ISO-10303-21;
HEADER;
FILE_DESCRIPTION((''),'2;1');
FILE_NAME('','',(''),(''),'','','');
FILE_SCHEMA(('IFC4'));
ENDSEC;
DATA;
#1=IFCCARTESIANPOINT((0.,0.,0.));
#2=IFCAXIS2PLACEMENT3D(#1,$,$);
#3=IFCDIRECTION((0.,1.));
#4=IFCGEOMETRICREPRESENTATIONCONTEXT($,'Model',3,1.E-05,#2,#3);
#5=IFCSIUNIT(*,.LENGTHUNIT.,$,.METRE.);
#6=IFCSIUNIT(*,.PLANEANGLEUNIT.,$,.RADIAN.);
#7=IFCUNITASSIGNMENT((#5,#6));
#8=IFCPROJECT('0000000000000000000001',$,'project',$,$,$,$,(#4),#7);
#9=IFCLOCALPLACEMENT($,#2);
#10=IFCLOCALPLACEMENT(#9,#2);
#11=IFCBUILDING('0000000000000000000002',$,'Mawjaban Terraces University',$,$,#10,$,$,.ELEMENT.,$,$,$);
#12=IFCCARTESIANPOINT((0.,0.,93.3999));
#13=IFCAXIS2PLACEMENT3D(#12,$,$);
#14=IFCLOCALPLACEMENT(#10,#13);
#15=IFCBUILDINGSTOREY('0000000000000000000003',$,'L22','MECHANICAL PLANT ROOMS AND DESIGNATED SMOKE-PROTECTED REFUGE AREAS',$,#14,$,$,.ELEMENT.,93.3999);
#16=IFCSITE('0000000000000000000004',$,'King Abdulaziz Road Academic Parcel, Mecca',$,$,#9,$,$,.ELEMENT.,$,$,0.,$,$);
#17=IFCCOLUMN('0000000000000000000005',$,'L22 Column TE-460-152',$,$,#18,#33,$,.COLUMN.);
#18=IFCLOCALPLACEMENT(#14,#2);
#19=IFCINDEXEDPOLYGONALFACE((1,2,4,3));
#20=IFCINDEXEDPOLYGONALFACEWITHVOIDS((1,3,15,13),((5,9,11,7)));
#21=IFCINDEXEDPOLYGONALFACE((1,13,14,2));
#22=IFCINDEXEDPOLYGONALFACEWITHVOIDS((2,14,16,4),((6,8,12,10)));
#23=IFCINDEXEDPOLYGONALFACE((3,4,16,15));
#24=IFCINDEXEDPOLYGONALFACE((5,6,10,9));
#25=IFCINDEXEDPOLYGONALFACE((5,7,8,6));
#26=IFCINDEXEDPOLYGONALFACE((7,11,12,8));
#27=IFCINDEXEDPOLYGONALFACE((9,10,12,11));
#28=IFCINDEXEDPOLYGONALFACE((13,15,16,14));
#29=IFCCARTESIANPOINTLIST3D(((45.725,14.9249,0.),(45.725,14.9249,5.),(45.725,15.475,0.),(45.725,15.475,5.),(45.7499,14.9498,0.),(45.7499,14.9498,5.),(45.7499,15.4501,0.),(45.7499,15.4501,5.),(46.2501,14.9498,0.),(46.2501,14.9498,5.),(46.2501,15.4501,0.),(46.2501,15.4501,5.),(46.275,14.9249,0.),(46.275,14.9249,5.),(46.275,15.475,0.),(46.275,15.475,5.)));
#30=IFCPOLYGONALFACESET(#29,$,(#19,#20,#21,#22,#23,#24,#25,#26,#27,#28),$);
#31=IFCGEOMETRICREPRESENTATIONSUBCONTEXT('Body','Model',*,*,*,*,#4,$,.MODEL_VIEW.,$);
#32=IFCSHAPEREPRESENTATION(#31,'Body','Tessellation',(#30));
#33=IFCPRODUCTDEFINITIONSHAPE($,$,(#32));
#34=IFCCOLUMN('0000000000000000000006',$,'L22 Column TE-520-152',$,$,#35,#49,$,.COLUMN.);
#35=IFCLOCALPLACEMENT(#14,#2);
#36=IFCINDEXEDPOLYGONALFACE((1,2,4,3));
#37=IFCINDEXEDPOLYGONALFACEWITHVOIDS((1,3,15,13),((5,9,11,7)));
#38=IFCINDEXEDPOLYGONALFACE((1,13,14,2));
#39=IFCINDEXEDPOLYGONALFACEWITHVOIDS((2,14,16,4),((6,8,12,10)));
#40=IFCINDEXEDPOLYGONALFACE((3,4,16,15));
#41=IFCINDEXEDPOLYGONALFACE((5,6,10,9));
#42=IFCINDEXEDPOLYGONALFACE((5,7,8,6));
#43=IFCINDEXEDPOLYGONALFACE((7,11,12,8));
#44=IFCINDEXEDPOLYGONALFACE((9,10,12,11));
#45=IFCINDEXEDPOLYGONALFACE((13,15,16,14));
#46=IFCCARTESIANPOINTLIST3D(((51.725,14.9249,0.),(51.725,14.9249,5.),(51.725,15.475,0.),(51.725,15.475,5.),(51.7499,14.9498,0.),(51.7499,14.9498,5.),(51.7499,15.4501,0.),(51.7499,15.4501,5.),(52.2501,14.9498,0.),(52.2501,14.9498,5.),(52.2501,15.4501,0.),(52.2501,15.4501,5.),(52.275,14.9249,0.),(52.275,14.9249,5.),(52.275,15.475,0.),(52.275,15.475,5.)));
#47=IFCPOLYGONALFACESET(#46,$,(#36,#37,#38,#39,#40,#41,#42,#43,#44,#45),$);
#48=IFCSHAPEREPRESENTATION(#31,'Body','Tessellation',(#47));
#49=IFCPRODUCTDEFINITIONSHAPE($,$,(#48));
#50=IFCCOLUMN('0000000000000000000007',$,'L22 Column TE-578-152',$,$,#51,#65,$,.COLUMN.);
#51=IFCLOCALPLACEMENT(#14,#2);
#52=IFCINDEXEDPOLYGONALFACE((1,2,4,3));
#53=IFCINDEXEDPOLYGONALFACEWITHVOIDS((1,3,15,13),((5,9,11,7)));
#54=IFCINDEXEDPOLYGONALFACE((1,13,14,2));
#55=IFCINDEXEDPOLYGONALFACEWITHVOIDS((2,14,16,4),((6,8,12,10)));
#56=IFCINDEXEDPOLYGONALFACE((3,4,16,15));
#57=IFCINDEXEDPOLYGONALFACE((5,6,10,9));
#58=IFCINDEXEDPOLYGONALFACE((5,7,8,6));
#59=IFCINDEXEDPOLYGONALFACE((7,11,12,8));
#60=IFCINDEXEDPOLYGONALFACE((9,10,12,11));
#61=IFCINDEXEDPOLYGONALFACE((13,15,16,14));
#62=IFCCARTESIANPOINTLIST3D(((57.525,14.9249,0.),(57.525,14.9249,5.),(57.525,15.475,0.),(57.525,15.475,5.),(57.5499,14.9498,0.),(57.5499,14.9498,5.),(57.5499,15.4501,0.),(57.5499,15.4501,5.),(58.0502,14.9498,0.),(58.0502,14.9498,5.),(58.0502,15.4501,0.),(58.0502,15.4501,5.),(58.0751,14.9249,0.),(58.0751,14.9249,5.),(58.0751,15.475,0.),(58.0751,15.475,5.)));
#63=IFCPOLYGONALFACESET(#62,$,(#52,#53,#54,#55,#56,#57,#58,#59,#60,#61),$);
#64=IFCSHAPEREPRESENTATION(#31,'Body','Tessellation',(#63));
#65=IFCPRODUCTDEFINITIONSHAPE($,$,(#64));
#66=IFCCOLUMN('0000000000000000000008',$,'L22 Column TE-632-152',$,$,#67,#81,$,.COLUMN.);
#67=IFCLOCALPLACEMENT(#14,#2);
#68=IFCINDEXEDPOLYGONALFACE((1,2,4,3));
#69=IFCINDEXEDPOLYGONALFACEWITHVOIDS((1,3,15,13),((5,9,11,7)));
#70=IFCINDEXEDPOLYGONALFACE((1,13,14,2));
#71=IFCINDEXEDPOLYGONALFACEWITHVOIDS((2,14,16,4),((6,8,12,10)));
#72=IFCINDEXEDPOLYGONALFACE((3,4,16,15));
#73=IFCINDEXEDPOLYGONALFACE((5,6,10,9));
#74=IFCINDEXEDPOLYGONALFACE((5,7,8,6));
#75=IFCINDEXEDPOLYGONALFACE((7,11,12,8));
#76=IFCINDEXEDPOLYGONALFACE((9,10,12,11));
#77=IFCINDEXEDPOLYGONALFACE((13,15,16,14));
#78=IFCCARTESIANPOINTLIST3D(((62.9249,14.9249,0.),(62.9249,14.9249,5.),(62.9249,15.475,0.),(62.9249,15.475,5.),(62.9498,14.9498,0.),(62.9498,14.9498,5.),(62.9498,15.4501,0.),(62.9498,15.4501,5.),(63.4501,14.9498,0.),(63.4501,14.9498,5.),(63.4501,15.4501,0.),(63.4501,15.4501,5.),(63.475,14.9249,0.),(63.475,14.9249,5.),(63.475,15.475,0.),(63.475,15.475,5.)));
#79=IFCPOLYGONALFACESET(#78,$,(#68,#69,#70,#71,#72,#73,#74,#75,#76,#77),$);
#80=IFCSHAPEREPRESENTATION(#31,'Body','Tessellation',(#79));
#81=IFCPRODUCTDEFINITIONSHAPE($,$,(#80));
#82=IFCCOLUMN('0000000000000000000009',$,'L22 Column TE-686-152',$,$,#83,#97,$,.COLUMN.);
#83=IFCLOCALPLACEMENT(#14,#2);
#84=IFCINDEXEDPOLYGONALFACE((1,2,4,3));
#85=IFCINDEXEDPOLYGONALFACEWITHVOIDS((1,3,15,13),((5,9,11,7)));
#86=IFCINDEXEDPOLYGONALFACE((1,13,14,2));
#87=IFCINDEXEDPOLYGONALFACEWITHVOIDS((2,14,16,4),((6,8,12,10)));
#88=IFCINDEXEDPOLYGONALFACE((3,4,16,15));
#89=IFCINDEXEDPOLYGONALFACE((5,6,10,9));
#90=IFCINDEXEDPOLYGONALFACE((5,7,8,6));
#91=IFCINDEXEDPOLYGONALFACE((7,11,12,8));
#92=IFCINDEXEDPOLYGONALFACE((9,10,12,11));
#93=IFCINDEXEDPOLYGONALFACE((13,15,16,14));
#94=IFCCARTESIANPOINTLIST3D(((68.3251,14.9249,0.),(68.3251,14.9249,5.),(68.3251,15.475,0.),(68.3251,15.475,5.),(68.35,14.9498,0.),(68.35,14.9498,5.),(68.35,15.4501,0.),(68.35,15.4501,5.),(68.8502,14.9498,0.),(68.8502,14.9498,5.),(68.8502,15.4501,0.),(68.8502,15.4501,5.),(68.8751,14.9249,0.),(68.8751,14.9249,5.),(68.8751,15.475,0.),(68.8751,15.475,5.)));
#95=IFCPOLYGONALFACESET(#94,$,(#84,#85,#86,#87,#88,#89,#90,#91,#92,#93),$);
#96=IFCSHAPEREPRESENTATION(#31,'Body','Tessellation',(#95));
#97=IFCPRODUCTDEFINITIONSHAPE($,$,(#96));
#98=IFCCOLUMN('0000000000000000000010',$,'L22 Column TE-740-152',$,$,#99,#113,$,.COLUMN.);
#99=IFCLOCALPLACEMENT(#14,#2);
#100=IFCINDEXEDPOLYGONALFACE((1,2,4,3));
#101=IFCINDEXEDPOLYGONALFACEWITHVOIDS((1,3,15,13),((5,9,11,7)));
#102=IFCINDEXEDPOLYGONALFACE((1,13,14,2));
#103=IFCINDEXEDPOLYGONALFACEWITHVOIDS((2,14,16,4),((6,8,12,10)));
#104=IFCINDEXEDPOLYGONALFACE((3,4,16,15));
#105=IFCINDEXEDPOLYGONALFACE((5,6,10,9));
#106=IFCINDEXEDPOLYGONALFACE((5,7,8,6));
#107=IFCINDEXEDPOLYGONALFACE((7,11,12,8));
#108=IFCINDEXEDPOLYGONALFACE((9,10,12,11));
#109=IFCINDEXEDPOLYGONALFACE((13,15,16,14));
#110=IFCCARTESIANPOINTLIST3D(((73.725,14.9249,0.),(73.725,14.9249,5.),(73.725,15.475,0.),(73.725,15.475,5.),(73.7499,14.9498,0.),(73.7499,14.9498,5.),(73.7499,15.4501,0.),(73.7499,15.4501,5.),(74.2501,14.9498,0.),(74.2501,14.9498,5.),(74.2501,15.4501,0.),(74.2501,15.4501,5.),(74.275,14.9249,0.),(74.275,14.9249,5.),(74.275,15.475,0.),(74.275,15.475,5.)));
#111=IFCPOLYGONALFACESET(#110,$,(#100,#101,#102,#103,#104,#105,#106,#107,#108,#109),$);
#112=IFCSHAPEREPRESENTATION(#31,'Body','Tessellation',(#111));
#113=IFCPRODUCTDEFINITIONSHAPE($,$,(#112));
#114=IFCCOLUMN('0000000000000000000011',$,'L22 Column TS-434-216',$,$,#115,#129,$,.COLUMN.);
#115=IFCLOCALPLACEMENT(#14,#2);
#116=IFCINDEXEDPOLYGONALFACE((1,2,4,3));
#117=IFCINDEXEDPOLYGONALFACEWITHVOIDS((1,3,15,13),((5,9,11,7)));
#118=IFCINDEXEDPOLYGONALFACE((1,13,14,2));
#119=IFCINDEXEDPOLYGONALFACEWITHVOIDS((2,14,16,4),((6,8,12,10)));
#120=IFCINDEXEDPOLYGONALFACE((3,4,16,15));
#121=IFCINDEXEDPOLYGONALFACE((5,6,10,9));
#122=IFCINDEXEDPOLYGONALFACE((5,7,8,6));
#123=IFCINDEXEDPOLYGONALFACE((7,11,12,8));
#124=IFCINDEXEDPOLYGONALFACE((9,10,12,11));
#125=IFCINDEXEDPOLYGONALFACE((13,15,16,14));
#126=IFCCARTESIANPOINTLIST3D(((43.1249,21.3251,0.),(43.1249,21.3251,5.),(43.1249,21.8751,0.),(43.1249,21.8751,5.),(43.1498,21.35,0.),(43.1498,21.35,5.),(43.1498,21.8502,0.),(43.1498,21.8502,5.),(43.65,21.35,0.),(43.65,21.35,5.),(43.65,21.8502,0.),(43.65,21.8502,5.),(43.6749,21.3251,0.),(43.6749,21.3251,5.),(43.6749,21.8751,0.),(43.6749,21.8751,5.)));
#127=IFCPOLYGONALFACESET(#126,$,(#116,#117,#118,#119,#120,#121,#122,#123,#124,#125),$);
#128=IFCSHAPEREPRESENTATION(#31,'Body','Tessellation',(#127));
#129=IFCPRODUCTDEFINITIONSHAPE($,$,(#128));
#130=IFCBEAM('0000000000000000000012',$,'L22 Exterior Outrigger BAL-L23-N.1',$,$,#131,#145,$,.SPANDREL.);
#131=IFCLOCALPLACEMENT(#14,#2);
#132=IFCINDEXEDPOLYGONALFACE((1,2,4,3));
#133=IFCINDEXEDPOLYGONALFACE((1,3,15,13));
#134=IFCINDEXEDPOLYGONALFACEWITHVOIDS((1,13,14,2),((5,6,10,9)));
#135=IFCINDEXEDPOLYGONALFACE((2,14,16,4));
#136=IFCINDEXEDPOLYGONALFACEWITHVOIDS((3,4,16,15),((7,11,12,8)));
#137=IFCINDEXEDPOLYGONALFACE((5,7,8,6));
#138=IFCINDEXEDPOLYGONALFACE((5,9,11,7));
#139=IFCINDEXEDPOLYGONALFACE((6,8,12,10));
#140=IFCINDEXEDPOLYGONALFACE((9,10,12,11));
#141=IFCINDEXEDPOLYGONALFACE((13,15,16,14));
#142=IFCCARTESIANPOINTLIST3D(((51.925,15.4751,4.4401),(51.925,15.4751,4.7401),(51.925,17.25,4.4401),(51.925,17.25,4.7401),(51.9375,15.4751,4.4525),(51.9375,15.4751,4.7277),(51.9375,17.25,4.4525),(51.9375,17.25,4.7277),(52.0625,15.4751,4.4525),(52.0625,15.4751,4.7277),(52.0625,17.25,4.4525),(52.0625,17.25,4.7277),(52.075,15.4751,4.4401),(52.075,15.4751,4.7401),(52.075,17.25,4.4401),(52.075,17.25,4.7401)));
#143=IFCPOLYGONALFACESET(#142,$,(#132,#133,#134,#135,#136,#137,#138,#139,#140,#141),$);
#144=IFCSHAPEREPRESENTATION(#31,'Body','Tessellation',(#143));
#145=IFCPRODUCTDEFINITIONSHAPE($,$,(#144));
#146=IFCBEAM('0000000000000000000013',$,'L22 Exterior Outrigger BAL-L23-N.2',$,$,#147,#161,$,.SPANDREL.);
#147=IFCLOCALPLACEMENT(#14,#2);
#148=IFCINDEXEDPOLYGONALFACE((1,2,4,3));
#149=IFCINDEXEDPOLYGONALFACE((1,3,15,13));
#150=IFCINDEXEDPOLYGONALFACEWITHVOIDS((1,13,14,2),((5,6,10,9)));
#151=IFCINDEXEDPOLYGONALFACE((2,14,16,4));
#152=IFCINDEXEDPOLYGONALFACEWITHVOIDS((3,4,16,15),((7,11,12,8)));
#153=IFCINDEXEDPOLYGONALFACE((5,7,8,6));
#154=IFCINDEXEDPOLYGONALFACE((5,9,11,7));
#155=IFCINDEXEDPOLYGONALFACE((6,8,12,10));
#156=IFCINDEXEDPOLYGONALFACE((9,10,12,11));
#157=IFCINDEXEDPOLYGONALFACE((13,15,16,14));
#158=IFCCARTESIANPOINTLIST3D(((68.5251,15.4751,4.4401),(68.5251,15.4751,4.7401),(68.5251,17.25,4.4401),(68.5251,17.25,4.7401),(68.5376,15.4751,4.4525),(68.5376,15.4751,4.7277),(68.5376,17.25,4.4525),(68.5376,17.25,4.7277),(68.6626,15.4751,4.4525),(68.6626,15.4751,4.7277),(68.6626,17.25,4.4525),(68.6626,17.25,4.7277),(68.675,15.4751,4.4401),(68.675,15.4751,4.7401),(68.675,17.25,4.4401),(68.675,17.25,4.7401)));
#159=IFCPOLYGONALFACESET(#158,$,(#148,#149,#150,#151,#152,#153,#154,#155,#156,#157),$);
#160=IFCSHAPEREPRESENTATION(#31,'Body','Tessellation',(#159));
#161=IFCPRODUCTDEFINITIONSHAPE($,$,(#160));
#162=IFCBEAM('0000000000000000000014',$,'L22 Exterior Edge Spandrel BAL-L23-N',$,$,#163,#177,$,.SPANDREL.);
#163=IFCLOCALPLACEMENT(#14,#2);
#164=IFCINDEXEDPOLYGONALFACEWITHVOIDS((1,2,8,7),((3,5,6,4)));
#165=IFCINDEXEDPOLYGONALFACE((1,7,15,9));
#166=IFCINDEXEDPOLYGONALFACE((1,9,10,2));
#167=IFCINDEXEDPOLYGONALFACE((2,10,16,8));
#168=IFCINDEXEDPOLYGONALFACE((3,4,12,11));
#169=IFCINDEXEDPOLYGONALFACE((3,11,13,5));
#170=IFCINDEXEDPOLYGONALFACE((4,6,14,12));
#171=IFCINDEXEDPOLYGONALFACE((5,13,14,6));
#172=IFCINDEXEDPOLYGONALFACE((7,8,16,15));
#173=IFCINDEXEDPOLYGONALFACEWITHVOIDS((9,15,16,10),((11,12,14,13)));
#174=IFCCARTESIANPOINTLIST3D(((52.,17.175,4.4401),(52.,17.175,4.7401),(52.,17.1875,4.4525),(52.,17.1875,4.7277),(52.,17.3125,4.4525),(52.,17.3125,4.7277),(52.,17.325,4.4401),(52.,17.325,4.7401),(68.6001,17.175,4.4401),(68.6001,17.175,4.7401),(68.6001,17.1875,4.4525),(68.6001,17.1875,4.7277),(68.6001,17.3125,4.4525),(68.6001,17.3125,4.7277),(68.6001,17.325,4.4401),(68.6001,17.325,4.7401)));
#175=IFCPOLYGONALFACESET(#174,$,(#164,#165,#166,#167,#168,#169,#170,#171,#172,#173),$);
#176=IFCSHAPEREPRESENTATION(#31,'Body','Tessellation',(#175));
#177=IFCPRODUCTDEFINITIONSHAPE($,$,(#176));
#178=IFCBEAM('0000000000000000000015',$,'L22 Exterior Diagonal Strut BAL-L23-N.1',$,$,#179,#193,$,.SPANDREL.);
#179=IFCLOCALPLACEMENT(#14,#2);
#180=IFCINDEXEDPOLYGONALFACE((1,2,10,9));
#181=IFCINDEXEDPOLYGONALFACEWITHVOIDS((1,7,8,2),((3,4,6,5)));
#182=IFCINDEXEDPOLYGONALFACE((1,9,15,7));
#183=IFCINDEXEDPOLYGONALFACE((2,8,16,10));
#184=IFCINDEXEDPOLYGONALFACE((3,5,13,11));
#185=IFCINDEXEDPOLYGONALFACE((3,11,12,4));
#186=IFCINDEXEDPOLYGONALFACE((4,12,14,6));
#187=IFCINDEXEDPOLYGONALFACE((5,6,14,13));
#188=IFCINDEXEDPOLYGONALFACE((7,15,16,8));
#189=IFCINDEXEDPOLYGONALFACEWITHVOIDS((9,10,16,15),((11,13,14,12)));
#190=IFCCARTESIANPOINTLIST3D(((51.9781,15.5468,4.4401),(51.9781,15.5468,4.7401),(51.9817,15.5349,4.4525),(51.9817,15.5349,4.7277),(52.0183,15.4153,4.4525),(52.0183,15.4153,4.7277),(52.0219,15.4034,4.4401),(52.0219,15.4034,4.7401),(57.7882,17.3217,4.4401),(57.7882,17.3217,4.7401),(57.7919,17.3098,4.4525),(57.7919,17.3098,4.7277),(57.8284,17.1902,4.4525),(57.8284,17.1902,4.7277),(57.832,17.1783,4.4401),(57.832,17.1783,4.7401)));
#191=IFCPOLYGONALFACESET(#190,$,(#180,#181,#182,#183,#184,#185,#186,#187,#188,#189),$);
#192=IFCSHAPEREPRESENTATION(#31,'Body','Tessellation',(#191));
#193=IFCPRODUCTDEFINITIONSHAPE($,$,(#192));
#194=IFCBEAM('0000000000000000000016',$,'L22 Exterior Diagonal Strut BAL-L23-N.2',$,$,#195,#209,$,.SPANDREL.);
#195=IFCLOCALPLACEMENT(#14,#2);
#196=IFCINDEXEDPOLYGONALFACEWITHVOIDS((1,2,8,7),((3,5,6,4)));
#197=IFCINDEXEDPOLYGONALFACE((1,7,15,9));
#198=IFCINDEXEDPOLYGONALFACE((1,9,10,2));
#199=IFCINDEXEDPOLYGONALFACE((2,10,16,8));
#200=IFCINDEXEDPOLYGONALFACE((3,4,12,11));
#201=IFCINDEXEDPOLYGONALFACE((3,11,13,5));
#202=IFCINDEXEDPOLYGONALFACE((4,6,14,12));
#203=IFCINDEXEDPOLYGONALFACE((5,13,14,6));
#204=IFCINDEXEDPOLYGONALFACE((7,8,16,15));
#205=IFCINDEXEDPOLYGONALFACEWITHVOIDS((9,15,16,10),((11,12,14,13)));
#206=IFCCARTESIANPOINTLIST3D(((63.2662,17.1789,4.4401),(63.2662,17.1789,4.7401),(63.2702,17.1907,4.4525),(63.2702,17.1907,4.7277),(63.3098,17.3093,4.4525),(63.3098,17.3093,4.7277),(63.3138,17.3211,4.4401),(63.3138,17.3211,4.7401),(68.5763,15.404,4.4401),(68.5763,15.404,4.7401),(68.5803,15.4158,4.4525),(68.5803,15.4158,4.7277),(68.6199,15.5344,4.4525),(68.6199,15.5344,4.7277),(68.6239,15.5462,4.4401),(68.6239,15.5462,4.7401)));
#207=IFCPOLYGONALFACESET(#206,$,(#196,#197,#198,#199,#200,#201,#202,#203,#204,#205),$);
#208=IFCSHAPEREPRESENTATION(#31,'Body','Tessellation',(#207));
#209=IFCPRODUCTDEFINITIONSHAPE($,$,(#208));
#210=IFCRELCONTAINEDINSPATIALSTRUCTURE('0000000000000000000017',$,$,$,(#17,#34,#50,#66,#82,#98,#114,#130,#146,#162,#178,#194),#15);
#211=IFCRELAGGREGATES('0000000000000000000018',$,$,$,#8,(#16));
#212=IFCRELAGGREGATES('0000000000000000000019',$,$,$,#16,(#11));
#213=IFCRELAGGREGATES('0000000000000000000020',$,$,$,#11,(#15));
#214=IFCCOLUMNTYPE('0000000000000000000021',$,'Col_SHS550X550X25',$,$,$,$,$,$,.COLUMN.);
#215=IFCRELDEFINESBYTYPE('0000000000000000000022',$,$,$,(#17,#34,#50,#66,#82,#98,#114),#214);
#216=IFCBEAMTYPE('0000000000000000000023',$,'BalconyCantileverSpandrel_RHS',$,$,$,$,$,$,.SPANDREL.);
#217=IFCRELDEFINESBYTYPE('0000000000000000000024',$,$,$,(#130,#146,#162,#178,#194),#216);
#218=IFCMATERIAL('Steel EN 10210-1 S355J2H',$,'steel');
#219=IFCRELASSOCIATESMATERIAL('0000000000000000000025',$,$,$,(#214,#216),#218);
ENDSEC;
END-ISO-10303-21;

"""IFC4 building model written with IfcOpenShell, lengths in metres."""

from ifc_helpers import new_model, si_unit, direction, frame, origin, origin_2d, place, context, subcontext, project, spatial, hollow_rectangle, extrude, material, material_profile, profile_set, type_object, element, save


model = new_model("IFC4")

# Units and contexts
model_context = context("Model", 3, precision=1e-05, world=origin(), true_north=direction((0.0, 1.0)))
body_context = subcontext(model_context, "Body", "Model", "MODEL_VIEW")
ifc_project = project(units=[si_unit("LENGTHUNIT", "METRE"), si_unit("PLANEANGLEUNIT", "RADIAN")], contexts=[model_context])

# Site, building, storey
site_placement = place(None, origin())
site = spatial("IfcSite", under=ifc_project, at=site_placement, Name="King Abdulaziz Road Academic Parcel, Mecca", CompositionType="ELEMENT", RefElevation=0.0)
building_placement = place(site_placement, origin())
building = spatial("IfcBuilding", under=site, at=building_placement, Name="Mawjaban Terraces University", CompositionType="ELEMENT")
storey_placement = place(building_placement, frame((0.0, 0.0, 93.3999)))
storey = spatial("IfcBuildingStorey", under=building, at=storey_placement, Name="L22", Description="MECHANICAL PLANT ROOMS AND DESIGNATED SMOKE-PROTECTED REFUGE AREAS", CompositionType="ELEMENT", Elevation=93.3999)

# Columns
ifc_material_1 = material(Name="Steel EN 10210-1 S355J2H", Category="steel")
ifc_material_profile_1 = material_profile(ifc_material_1, hollow_rectangle(XDim=0.55, YDim=0.55, WallThickness=0.0249, at=origin_2d()), Name="SHS550X550X25")
ifc_profile_set_1 = profile_set([ifc_material_profile_1], Name="Steel EN 10210-1 S355J2H")
column_type = type_object("IfcColumnType", Name="Col_SHS550X550X25", PredefinedType="COLUMN", material=ifc_profile_set_1)
for number, where, z_axis, x_axis, name in (
    (1, (46.0, 15.2, 0.0), (0.0, 0.0, 1.0), (1.0, 0.0, 0.0), "L22 Column TE-460-152"),
    (2, (52.0, 15.2, 0.0), (0.0, 0.0, 1.0), (1.0, 0.0, 0.0), "L22 Column TE-520-152"),
    (3, (57.8, 15.2, 0.0), (0.0, 0.0, 1.0), (1.0, 0.0, 0.0), "L22 Column TE-578-152"),
    (4, (63.2, 15.2, 0.0), (0.0, 0.0, 1.0), (1.0, 0.0, 0.0), "L22 Column TE-632-152"),
    (5, (68.6001, 15.2, 0.0), (0.0, 0.0, 1.0), (1.0, 0.0, 0.0), "L22 Column TE-686-152"),
    (6, (74.0, 15.2, 0.0), (0.0, 0.0, 1.0), (1.0, 0.0, 0.0), "L22 Column TE-740-152"),
    (7, (43.3999, 21.6001, 0.0), (0.0, 0.0, 1.0), (1.0, 0.0, 0.0), "L22 Column TS-434-216"),
):
    element("IfcColumn", number, at=place(storey_placement, frame(where, z_axis=z_axis, x_axis=x_axis)), inside=storey, type_object=column_type, Name=name, PredefinedType="COLUMN", context=body_context, shape_type="SweptSolid", body=[
        extrude(hollow_rectangle(XDim=0.55, YDim=0.55, WallThickness=0.0249, at=origin_2d()), origin(), (0.0, 0.0, 1.0), 5.0),
    ])

# Beams
ifc_material_profile_2 = material_profile(ifc_material_1, hollow_rectangle(XDim=0.1499, YDim=0.3, WallThickness=0.0125, at=origin_2d()), Name="RHS300X150X12.5")
ifc_profile_set_2 = profile_set([ifc_material_profile_2], Name="Steel EN 10210-1 S355J2H")
beam_type_1 = type_object("IfcBeamType", Name="BalconyCantileverSpandrel_RHS", PredefinedType="SPANDREL", material=ifc_profile_set_2)
for number, where, z_axis, x_axis, name in (
    (8, (52.0, 15.4751, 4.5901), (0.0, 1.0, 0.0), (-1.0, 0.0, 0.0), "L22 Exterior Outrigger BAL-L23-N.1"),
    (9, (68.6001, 15.4751, 4.5901), (0.0, 1.0, 0.0), (-1.0, 0.0, 0.0), "L22 Exterior Outrigger BAL-L23-N.2"),
):
    element("IfcBeam", number, at=place(storey_placement, frame(where, z_axis=z_axis, x_axis=x_axis)), inside=storey, type_object=beam_type_1, Name=name, PredefinedType="SPANDREL", context=body_context, shape_type="SweptSolid", body=[
        extrude(hollow_rectangle(XDim=0.1499, YDim=0.3, WallThickness=0.0125, at=origin_2d()), origin(), (0.0, 0.0, 1.0), 1.7749),
    ])
beam_1_placement = place(storey_placement, frame((52.0, 17.25, 4.5901), z_axis=(1.0, 0.0, 0.0), x_axis=(0.0, 1.0, 0.0)))
element("IfcBeam", 10, at=beam_1_placement, inside=storey, type_object=beam_type_1, Name="L22 Exterior Edge Spandrel BAL-L23-N", PredefinedType="SPANDREL", context=body_context, shape_type="SweptSolid", body=[
    extrude(hollow_rectangle(XDim=0.1499, YDim=0.3, WallThickness=0.0125, at=origin_2d()), origin(), (0.0, 0.0, 1.0), 16.6001),
])
beam_2_placement = place(storey_placement, frame((52.0, 15.4751, 4.5901), z_axis=(0.95637, 0.292159, 0.0), x_axis=(-0.292159, 0.95637, 0.0)))
element("IfcBeam", 11, at=beam_2_placement, inside=storey, type_object=beam_type_1, Name="L22 Exterior Diagonal Strut BAL-L23-N.1", PredefinedType="SPANDREL", context=body_context, shape_type="SweptSolid", body=[
    extrude(hollow_rectangle(XDim=0.1499, YDim=0.3, WallThickness=0.0125, at=origin_2d()), origin(), (0.0, 0.0, 1.0), 6.0752),
])
beam_3_placement = place(storey_placement, frame((68.6001, 15.4751, 4.5901), z_axis=(-0.948421, 0.317013, 0.0), x_axis=(-0.317013, -0.948421, 0.0)))
element("IfcBeam", 12, at=beam_3_placement, inside=storey, type_object=beam_type_1, Name="L22 Exterior Diagonal Strut BAL-L23-N.2", PredefinedType="SPANDREL", context=body_context, shape_type="SweptSolid", body=[
    extrude(hollow_rectangle(XDim=0.1499, YDim=0.3, WallThickness=0.0125, at=origin_2d()), origin(), (0.0, 0.0, 1.0), 5.5989),
])

save(model, "model.ifc")
